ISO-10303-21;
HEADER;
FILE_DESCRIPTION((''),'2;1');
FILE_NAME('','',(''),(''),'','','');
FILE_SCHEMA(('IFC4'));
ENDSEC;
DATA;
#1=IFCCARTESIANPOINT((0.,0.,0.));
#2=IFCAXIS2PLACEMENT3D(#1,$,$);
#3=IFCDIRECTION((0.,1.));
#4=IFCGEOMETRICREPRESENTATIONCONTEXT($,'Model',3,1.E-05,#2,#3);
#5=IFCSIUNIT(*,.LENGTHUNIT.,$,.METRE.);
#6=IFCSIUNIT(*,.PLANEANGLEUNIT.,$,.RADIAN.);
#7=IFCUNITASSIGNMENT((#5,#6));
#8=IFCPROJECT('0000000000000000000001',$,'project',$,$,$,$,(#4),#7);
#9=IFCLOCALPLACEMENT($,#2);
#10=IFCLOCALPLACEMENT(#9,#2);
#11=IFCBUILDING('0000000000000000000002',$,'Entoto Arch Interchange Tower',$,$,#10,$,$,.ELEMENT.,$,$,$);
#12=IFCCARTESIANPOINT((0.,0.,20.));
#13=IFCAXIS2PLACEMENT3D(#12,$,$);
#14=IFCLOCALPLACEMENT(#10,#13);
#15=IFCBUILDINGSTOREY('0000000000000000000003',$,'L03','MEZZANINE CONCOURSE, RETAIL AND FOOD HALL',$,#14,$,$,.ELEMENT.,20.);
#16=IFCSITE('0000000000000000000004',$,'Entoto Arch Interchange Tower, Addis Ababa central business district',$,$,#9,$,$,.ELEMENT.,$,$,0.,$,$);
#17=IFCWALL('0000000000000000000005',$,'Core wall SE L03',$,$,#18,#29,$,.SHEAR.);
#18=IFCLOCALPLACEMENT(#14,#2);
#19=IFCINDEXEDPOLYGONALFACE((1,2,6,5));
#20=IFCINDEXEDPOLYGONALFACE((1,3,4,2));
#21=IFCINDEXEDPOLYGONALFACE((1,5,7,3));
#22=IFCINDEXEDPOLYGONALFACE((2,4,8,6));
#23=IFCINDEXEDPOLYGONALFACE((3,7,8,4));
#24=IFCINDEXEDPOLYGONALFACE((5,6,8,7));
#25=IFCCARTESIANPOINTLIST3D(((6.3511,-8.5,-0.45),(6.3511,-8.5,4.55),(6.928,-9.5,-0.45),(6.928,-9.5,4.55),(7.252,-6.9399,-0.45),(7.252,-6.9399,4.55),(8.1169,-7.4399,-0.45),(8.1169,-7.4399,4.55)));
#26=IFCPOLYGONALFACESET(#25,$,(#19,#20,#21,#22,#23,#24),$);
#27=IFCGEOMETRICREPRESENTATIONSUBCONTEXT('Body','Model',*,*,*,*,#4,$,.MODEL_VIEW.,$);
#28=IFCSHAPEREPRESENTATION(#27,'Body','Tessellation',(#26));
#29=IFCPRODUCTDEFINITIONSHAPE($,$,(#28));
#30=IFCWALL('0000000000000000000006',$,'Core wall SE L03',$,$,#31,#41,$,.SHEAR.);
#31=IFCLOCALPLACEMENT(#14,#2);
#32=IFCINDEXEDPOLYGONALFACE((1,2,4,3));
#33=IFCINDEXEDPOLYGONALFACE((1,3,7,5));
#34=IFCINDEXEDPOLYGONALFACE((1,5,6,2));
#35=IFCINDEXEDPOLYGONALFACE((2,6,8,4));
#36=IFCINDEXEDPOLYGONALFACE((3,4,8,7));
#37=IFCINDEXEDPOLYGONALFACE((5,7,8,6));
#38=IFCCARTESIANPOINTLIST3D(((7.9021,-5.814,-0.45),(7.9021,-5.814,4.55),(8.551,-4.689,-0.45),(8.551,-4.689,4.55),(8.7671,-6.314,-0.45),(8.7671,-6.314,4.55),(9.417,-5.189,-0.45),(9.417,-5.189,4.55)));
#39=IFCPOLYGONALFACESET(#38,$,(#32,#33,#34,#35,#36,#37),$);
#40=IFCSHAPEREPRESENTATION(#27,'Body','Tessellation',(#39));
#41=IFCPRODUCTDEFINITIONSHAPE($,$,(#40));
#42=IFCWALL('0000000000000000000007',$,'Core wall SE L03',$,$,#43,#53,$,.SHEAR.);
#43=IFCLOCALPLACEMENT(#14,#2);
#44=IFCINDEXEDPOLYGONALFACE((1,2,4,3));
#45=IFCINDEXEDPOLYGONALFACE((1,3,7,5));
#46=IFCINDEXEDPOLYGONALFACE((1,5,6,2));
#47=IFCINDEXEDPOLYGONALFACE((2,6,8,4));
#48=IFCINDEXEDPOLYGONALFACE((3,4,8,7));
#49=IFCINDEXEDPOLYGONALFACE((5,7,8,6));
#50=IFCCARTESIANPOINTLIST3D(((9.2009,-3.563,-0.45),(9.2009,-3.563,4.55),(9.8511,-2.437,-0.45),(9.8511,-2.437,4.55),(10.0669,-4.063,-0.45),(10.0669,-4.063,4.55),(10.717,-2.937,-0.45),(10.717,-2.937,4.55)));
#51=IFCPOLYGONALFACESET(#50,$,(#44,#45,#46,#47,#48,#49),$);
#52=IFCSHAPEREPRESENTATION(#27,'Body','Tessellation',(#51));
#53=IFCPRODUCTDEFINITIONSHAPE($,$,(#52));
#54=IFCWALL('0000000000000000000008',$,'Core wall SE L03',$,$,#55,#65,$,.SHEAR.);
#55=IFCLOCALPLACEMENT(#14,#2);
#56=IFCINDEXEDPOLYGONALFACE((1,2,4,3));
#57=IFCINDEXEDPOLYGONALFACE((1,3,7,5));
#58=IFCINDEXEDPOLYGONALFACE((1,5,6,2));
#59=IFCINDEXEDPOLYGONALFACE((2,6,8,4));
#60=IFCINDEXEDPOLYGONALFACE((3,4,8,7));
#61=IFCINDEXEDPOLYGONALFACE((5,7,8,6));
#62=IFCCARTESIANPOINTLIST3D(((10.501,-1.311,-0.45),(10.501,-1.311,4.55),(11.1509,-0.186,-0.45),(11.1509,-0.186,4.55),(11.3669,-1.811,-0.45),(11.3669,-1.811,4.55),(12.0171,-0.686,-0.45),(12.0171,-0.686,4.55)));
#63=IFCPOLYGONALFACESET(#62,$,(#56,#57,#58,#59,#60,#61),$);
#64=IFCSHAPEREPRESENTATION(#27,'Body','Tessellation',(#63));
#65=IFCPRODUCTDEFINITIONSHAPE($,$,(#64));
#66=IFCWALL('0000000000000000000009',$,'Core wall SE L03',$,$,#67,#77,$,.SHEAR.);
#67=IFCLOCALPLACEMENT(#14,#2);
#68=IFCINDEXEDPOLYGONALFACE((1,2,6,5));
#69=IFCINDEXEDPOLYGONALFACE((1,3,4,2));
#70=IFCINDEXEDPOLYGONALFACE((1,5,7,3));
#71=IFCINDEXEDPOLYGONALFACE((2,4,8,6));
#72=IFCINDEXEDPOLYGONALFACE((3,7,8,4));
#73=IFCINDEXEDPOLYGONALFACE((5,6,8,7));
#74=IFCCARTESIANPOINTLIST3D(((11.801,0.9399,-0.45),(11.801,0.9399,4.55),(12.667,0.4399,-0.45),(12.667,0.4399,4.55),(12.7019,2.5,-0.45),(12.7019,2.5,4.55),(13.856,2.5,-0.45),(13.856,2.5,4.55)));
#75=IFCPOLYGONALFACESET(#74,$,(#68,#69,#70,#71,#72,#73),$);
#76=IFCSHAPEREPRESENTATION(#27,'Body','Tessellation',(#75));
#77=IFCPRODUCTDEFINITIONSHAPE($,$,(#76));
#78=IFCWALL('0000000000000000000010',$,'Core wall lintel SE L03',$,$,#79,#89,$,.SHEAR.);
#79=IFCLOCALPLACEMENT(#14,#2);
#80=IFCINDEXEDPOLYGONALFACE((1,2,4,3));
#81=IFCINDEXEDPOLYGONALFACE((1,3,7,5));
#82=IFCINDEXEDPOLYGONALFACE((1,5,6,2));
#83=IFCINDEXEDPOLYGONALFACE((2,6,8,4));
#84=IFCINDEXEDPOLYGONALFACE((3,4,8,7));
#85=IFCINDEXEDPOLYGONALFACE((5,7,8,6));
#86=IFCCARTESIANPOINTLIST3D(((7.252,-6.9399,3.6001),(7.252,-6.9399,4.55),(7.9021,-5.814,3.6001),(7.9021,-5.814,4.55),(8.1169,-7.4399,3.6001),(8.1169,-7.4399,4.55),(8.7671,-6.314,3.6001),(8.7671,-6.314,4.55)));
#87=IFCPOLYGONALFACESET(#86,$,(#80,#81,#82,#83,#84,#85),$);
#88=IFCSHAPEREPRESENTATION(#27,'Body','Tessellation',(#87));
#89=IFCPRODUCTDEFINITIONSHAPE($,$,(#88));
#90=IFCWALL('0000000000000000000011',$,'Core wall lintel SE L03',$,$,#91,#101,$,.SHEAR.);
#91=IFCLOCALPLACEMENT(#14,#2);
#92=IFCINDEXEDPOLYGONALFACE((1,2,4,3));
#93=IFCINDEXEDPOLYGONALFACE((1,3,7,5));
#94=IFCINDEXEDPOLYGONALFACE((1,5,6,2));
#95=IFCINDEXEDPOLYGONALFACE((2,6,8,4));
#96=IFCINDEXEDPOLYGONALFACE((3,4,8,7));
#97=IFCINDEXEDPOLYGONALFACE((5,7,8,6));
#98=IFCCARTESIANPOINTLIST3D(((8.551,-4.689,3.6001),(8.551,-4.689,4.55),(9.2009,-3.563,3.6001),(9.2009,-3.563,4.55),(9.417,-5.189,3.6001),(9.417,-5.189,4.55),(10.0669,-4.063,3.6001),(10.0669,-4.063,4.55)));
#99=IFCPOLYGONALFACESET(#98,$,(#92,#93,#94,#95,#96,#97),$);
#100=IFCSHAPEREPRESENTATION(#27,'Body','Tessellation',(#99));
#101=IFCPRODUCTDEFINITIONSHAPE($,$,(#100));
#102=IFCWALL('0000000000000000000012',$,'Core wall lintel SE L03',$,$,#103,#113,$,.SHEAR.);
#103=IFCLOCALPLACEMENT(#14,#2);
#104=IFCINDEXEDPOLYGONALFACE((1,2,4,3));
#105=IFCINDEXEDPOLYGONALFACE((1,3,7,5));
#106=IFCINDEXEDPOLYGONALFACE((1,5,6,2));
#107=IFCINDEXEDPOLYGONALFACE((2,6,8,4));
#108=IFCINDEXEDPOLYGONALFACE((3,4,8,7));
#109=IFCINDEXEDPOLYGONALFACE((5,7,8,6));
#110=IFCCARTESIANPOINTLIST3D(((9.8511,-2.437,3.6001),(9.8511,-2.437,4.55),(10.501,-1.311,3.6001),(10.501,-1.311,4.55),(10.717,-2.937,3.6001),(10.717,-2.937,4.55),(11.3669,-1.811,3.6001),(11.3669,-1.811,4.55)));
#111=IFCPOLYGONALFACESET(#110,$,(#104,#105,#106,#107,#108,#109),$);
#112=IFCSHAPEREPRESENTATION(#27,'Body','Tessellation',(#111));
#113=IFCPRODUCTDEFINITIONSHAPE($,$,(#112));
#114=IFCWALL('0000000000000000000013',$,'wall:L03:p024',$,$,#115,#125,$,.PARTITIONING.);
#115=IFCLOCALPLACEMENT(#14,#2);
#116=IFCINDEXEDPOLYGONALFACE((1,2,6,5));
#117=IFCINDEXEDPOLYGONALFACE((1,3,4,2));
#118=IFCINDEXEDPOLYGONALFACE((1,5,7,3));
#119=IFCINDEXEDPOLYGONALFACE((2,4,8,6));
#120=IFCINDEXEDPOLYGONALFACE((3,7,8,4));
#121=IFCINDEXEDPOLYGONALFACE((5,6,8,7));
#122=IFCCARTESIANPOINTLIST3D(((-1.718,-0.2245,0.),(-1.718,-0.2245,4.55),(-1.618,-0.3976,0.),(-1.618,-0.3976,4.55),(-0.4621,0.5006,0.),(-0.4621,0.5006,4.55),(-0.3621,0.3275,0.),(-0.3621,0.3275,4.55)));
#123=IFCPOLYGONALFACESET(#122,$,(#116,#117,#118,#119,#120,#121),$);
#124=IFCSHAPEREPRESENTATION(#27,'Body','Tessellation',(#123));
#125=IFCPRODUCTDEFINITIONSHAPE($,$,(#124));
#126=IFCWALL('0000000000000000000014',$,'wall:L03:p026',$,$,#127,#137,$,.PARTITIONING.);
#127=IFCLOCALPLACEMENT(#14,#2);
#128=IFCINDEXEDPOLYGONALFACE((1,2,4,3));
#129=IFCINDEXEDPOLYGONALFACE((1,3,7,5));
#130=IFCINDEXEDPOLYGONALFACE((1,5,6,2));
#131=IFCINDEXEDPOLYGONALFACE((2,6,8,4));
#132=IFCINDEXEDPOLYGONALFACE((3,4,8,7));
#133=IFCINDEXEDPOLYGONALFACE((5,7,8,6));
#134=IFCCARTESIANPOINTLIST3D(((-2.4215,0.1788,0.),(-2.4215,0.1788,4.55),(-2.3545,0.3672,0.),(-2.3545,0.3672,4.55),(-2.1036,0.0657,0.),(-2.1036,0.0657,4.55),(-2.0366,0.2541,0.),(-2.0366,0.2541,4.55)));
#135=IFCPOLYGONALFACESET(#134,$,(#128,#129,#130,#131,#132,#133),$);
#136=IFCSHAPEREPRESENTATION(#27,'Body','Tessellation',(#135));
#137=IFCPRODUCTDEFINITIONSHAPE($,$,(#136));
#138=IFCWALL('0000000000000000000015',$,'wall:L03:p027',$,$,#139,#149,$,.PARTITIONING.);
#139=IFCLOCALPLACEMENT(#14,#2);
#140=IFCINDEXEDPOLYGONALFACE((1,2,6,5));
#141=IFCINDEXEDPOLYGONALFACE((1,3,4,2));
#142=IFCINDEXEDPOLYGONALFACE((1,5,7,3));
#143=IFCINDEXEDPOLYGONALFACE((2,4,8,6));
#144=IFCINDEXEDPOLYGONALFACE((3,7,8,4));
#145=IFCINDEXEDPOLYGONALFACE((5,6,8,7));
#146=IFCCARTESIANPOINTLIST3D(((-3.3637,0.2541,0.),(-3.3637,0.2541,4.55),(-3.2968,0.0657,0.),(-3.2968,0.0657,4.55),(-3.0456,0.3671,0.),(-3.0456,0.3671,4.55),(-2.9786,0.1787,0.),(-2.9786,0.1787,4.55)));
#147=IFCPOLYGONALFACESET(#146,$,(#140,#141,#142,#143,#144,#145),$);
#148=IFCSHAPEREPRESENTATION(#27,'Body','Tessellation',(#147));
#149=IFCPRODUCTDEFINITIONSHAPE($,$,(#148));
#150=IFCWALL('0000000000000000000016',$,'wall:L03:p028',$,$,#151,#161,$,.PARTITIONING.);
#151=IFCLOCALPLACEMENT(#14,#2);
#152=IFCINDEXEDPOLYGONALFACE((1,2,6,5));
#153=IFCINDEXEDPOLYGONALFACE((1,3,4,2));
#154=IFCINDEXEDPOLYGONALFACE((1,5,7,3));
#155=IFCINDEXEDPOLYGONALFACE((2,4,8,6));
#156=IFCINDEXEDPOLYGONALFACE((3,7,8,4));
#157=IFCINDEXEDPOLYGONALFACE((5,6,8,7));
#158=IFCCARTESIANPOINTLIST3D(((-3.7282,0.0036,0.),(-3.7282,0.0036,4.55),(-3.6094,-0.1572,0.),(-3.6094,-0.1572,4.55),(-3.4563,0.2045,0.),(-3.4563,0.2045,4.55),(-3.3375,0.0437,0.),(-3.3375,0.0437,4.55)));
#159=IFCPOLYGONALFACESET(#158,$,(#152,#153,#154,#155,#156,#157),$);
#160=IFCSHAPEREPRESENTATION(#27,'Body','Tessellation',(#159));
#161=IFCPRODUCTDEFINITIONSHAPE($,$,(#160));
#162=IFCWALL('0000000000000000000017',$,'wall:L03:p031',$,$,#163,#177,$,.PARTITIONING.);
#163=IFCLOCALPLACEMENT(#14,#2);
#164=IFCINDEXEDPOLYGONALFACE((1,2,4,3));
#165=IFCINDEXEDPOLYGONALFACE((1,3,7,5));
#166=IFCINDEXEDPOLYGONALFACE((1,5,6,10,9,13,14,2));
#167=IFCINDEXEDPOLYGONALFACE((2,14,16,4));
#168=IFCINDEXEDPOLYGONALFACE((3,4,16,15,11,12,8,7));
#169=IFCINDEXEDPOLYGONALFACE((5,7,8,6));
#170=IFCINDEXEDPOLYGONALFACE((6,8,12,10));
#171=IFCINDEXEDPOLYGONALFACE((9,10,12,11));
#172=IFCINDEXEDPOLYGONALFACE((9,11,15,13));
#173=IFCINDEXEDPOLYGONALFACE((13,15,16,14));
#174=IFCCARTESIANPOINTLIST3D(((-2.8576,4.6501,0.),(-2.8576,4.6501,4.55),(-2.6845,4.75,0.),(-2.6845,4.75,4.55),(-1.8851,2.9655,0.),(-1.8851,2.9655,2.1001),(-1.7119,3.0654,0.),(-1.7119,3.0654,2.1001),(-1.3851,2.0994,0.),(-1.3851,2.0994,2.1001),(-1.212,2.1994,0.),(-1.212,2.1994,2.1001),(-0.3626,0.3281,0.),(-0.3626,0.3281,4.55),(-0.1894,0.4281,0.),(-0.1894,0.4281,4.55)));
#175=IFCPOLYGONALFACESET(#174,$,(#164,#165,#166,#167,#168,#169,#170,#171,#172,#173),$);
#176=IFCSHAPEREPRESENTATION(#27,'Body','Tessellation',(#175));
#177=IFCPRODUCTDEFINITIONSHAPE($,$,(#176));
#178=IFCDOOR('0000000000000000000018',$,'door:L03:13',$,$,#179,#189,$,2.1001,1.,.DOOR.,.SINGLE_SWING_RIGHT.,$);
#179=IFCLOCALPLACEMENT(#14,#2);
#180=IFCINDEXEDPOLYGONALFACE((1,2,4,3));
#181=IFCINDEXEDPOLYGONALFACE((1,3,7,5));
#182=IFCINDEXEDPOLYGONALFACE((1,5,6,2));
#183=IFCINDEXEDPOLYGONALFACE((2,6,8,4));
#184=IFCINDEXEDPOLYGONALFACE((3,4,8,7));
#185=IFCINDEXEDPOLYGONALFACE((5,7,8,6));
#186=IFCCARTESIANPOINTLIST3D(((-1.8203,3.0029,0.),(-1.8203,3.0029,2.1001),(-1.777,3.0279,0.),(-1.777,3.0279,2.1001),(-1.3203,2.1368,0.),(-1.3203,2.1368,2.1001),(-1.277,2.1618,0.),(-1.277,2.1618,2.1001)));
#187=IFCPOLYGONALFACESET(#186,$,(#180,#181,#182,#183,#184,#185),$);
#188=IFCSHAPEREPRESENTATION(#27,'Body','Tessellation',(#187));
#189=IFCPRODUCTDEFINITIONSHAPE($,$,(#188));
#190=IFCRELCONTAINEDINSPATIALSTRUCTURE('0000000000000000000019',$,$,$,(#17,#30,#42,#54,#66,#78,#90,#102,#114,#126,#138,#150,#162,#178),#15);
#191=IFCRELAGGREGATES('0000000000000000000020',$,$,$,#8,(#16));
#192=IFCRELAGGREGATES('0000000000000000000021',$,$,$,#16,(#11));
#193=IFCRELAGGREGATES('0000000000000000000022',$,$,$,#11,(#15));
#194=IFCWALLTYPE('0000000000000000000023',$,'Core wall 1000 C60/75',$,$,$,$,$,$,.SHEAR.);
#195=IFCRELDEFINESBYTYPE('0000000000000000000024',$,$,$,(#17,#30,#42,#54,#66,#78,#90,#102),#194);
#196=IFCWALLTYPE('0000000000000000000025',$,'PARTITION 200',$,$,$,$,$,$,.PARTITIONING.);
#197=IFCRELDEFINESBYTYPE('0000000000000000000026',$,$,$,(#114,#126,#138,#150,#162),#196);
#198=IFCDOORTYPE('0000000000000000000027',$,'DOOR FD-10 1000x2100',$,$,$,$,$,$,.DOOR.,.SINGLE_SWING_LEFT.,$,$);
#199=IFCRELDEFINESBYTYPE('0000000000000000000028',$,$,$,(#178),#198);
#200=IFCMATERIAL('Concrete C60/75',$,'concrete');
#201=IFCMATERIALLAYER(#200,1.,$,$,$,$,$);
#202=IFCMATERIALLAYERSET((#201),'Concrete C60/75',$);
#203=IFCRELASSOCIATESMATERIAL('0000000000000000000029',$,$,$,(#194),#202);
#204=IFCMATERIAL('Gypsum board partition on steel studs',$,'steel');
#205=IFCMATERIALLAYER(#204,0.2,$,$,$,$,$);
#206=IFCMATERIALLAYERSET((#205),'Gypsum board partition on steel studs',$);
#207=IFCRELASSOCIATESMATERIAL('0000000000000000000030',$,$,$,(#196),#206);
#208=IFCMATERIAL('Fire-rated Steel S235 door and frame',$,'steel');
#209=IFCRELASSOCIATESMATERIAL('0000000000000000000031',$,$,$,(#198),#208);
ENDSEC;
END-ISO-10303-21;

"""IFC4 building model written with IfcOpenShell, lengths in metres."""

from ifc_helpers import new_model, si_unit, direction, frame, frame_2d, origin, place, context, subcontext, project, spatial, polyline, rectangle, outline, extrude, material, layer, layer_set, type_object, element, fill, save


model = new_model("IFC4")

# Units and contexts
model_context = context("Model", 3, precision=1e-05, world=origin(), true_north=direction((0.0, 1.0)))
body_context = subcontext(model_context, "Body", "Model", "MODEL_VIEW")
ifc_project = project(units=[si_unit("LENGTHUNIT", "METRE"), si_unit("PLANEANGLEUNIT", "RADIAN")], contexts=[model_context])

# Site, building, storey
site_placement = place(None, origin())
site = spatial("IfcSite", under=ifc_project, at=site_placement, Name="Entoto Arch Interchange Tower, Addis Ababa central business district", CompositionType="ELEMENT", RefElevation=0.0)
building_placement = place(site_placement, origin())
building = spatial("IfcBuilding", under=site, at=building_placement, Name="Entoto Arch Interchange Tower", CompositionType="ELEMENT")
storey_placement = place(building_placement, frame((0.0, 0.0, 20.0)))
storey = spatial("IfcBuildingStorey", under=building, at=storey_placement, Name="L03", Description="MEZZANINE CONCOURSE, RETAIL AND FOOD HALL", CompositionType="ELEMENT", Elevation=20.0)

# Walls
ifc_material_1 = material(Name="Concrete C60/75", Category="concrete")
ifc_layer_1 = layer(ifc_material_1, 1.0)
ifc_layer_set_1 = layer_set([ifc_layer_1], Name="Concrete C60/75")
wall_type_1 = type_object("IfcWallType", Name="Core wall 1000 C60/75", PredefinedType="SHEAR", material=ifc_layer_set_1)
wall_1_placement = place(storey_placement, frame((0.0, 0.0, -0.45)))
element("IfcWall", 1, at=wall_1_placement, inside=storey, type_object=wall_type_1, Name="Core wall SE L03", PredefinedType="SHEAR", context=body_context, shape_type="SweptSolid", body=[
    extrude(outline(polyline([(8.1169, -7.4399), (7.252, -6.9399), (6.3511, -8.5), (6.928, -9.5), (8.1169, -7.4399)])), origin(), (0.0, 0.0, 1.0), 5.0),
])
wall_2_placement = place(storey_placement, frame((0.0, 0.0, -0.45)))
element("IfcWall", 2, at=wall_2_placement, inside=storey, type_object=wall_type_1, Name="Core wall SE L03", PredefinedType="SHEAR", context=body_context, shape_type="SweptSolid", body=[
    extrude(outline(polyline([(9.417, -5.189), (8.551, -4.689), (7.9021, -5.814), (8.7671, -6.314), (9.417, -5.189)])), origin(), (0.0, 0.0, 1.0), 5.0),
])
wall_3_placement = place(storey_placement, frame((0.0, 0.0, -0.45)))
element("IfcWall", 3, at=wall_3_placement, inside=storey, type_object=wall_type_1, Name="Core wall SE L03", PredefinedType="SHEAR", context=body_context, shape_type="SweptSolid", body=[
    extrude(outline(polyline([(10.717, -2.937), (9.8511, -2.437), (9.2009, -3.563), (10.0669, -4.063), (10.717, -2.937)])), origin(), (0.0, 0.0, 1.0), 5.0),
])
wall_4_placement = place(storey_placement, frame((0.0, 0.0, -0.45)))
element("IfcWall", 4, at=wall_4_placement, inside=storey, type_object=wall_type_1, Name="Core wall SE L03", PredefinedType="SHEAR", context=body_context, shape_type="SweptSolid", body=[
    extrude(outline(polyline([(12.0171, -0.686), (11.1509, -0.186), (10.501, -1.311), (11.3669, -1.811), (12.0171, -0.686)])), origin(), (0.0, 0.0, 1.0), 5.0),
])
wall_5_placement = place(storey_placement, frame((0.0, 0.0, -0.45)))
element("IfcWall", 5, at=wall_5_placement, inside=storey, type_object=wall_type_1, Name="Core wall SE L03", PredefinedType="SHEAR", context=body_context, shape_type="SweptSolid", body=[
    extrude(outline(polyline([(11.801, 0.9399), (12.667, 0.4399), (13.856, 2.5), (12.7019, 2.5), (11.801, 0.9399)])), origin(), (0.0, 0.0, 1.0), 5.0),
])
wall_6_placement = place(storey_placement, frame((0.0, 0.0, 3.6001)))
element("IfcWall", 6, at=wall_6_placement, inside=storey, type_object=wall_type_1, Name="Core wall lintel SE L03", PredefinedType="SHEAR", context=body_context, shape_type="SweptSolid", body=[
    extrude(outline(polyline([(8.7671, -6.314), (7.9021, -5.814), (7.252, -6.9399), (8.1169, -7.4399), (8.7671, -6.314)])), origin(), (0.0, 0.0, 1.0), 0.95),
])
wall_7_placement = place(storey_placement, frame((0.0, 0.0, 3.6001)))
element("IfcWall", 7, at=wall_7_placement, inside=storey, type_object=wall_type_1, Name="Core wall lintel SE L03", PredefinedType="SHEAR", context=body_context, shape_type="SweptSolid", body=[
    extrude(outline(polyline([(10.0669, -4.063), (9.2009, -3.563), (8.551, -4.689), (9.417, -5.189), (10.0669, -4.063)])), origin(), (0.0, 0.0, 1.0), 0.95),
])
wall_8_placement = place(storey_placement, frame((0.0, 0.0, 3.6001)))
element("IfcWall", 8, at=wall_8_placement, inside=storey, type_object=wall_type_1, Name="Core wall lintel SE L03", PredefinedType="SHEAR", context=body_context, shape_type="SweptSolid", body=[
    extrude(outline(polyline([(11.3669, -1.811), (10.501, -1.311), (9.8511, -2.437), (10.717, -2.937), (11.3669, -1.811)])), origin(), (0.0, 0.0, 1.0), 0.95),
])
ifc_material_2 = material(Name="Gypsum board partition on steel studs", Category="steel")
ifc_layer_2 = layer(ifc_material_2, 0.2)
ifc_layer_set_2 = layer_set([ifc_layer_2], Name="Gypsum board partition on steel studs")
wall_type_2 = type_object("IfcWallType", Name="PARTITION 200", PredefinedType="PARTITIONING", material=ifc_layer_set_2)
wall_9_placement = place(storey_placement, frame((-0.4121, 0.4141, 0.0), z_axis=(0.0, 0.0, 1.0), x_axis=(-0.866017, -0.500014, 0.0)))
element("IfcWall", 9, at=wall_9_placement, inside=storey, type_object=wall_type_2, Name="wall:L03:p024", PredefinedType="PARTITIONING", context=body_context, shape_type="SweptSolid", body=[
    extrude(rectangle(XDim=1.4502, YDim=0.2, at=frame_2d((0.7251, 0.0))), origin(), (0.0, 0.0, 1.0), 4.55),
])
wall_10_placement = place(storey_placement, frame((-2.0701, 0.1599, 0.0), z_axis=(0.0, 0.0, 1.0), x_axis=(-0.942199, 0.335052, 0.0)))
element("IfcWall", 10, at=wall_10_placement, inside=storey, type_object=wall_type_2, Name="wall:L03:p026", PredefinedType="PARTITIONING", context=body_context, shape_type="SweptSolid", body=[
    extrude(rectangle(XDim=0.3374, YDim=0.2, at=frame_2d((0.1687, 0.0))), origin(), (0.0, 0.0, 1.0), 4.55),
])
wall_11_placement = place(storey_placement, frame((-3.012, 0.2729, 0.0), z_axis=(0.0, 0.0, 1.0), x_axis=(-0.942281, -0.334824, 0.0)))
element("IfcWall", 11, at=wall_11_placement, inside=storey, type_object=wall_type_2, Name="wall:L03:p027", PredefinedType="PARTITIONING", context=body_context, shape_type="SweptSolid", body=[
    extrude(rectangle(XDim=0.3376, YDim=0.2, at=frame_2d((0.1689, 0.0))), origin(), (0.0, 0.0, 1.0), 4.55),
])
wall_12_placement = place(storey_placement, frame((-3.397, 0.124, 0.0), z_axis=(0.0, 0.0, 1.0), x_axis=(-0.804311, -0.594208, 0.0)))
element("IfcWall", 12, at=wall_12_placement, inside=storey, type_object=wall_type_2, Name="wall:L03:p028", PredefinedType="PARTITIONING", context=body_context, shape_type="SweptSolid", body=[
    extrude(rectangle(XDim=0.3381, YDim=0.2, at=frame_2d((0.1689, 0.0))), origin(), (0.0, 0.0, 1.0), 4.55),
])

# Wall, opening, door
wall_13_placement = place(storey_placement, frame((-2.771, 4.7, 0.0), z_axis=(0.0, 0.0, 1.0), x_axis=(0.499969, -0.866043, 0.0)))
wall_13 = element("IfcWall", 13, at=wall_13_placement, inside=storey, type_object=wall_type_2, Name="wall:L03:p031", PredefinedType="PARTITIONING", context=body_context, shape_type="SweptSolid", body=[
    extrude(rectangle(XDim=4.9905, YDim=0.2, at=frame_2d((2.4951, 0.0))), origin(), (0.0, 0.0, 1.0), 4.55),
])
opening_1_placement = place(wall_13_placement, frame((1.9451, 0.0, 0.0)))
opening_1 = element("IfcOpeningElement", 14, at=opening_1_placement, cuts=wall_13, PredefinedType="OPENING", context=body_context, shape_type="SweptSolid", body=[
    extrude(rectangle(XDim=1.0, YDim=2.1001, at=frame_2d((0.5, 1.05))), frame((0.0, 0.1099, 0.0), z_axis=(0.0, -1.0, 0.0), x_axis=(1.0, 0.0, 0.0)), (0.0, 0.0, 1.0), 0.22),
])
ifc_material_3 = material(Name="Fire-rated Steel S235 door and frame", Category="steel")
door_type_1 = type_object("IfcDoorType", Name="DOOR FD-10 1000x2100", OperationType="SINGLE_SWING_LEFT", PredefinedType="DOOR", material=ifc_material_3)
door_1_placement = place(opening_1_placement, origin())
door_1 = element("IfcDoor", 15, at=door_1_placement, inside=storey, type_object=door_type_1, Name="door:L03:13", OperationType="SINGLE_SWING_RIGHT", OverallHeight=2.1001, OverallWidth=1.0, PredefinedType="DOOR", context=body_context, shape_type="SweptSolid", body=[
    extrude(rectangle(XDim=1.0, YDim=2.1001, at=frame_2d((0.5, 1.05))), frame((0.0, 0.0249, 0.0), z_axis=(0.0, -1.0, 0.0), x_axis=(1.0, 0.0, 0.0)), (0.0, 0.0, 1.0), 0.05),
])
fill(opening_1, door_1)

save(model, "model.ifc")
